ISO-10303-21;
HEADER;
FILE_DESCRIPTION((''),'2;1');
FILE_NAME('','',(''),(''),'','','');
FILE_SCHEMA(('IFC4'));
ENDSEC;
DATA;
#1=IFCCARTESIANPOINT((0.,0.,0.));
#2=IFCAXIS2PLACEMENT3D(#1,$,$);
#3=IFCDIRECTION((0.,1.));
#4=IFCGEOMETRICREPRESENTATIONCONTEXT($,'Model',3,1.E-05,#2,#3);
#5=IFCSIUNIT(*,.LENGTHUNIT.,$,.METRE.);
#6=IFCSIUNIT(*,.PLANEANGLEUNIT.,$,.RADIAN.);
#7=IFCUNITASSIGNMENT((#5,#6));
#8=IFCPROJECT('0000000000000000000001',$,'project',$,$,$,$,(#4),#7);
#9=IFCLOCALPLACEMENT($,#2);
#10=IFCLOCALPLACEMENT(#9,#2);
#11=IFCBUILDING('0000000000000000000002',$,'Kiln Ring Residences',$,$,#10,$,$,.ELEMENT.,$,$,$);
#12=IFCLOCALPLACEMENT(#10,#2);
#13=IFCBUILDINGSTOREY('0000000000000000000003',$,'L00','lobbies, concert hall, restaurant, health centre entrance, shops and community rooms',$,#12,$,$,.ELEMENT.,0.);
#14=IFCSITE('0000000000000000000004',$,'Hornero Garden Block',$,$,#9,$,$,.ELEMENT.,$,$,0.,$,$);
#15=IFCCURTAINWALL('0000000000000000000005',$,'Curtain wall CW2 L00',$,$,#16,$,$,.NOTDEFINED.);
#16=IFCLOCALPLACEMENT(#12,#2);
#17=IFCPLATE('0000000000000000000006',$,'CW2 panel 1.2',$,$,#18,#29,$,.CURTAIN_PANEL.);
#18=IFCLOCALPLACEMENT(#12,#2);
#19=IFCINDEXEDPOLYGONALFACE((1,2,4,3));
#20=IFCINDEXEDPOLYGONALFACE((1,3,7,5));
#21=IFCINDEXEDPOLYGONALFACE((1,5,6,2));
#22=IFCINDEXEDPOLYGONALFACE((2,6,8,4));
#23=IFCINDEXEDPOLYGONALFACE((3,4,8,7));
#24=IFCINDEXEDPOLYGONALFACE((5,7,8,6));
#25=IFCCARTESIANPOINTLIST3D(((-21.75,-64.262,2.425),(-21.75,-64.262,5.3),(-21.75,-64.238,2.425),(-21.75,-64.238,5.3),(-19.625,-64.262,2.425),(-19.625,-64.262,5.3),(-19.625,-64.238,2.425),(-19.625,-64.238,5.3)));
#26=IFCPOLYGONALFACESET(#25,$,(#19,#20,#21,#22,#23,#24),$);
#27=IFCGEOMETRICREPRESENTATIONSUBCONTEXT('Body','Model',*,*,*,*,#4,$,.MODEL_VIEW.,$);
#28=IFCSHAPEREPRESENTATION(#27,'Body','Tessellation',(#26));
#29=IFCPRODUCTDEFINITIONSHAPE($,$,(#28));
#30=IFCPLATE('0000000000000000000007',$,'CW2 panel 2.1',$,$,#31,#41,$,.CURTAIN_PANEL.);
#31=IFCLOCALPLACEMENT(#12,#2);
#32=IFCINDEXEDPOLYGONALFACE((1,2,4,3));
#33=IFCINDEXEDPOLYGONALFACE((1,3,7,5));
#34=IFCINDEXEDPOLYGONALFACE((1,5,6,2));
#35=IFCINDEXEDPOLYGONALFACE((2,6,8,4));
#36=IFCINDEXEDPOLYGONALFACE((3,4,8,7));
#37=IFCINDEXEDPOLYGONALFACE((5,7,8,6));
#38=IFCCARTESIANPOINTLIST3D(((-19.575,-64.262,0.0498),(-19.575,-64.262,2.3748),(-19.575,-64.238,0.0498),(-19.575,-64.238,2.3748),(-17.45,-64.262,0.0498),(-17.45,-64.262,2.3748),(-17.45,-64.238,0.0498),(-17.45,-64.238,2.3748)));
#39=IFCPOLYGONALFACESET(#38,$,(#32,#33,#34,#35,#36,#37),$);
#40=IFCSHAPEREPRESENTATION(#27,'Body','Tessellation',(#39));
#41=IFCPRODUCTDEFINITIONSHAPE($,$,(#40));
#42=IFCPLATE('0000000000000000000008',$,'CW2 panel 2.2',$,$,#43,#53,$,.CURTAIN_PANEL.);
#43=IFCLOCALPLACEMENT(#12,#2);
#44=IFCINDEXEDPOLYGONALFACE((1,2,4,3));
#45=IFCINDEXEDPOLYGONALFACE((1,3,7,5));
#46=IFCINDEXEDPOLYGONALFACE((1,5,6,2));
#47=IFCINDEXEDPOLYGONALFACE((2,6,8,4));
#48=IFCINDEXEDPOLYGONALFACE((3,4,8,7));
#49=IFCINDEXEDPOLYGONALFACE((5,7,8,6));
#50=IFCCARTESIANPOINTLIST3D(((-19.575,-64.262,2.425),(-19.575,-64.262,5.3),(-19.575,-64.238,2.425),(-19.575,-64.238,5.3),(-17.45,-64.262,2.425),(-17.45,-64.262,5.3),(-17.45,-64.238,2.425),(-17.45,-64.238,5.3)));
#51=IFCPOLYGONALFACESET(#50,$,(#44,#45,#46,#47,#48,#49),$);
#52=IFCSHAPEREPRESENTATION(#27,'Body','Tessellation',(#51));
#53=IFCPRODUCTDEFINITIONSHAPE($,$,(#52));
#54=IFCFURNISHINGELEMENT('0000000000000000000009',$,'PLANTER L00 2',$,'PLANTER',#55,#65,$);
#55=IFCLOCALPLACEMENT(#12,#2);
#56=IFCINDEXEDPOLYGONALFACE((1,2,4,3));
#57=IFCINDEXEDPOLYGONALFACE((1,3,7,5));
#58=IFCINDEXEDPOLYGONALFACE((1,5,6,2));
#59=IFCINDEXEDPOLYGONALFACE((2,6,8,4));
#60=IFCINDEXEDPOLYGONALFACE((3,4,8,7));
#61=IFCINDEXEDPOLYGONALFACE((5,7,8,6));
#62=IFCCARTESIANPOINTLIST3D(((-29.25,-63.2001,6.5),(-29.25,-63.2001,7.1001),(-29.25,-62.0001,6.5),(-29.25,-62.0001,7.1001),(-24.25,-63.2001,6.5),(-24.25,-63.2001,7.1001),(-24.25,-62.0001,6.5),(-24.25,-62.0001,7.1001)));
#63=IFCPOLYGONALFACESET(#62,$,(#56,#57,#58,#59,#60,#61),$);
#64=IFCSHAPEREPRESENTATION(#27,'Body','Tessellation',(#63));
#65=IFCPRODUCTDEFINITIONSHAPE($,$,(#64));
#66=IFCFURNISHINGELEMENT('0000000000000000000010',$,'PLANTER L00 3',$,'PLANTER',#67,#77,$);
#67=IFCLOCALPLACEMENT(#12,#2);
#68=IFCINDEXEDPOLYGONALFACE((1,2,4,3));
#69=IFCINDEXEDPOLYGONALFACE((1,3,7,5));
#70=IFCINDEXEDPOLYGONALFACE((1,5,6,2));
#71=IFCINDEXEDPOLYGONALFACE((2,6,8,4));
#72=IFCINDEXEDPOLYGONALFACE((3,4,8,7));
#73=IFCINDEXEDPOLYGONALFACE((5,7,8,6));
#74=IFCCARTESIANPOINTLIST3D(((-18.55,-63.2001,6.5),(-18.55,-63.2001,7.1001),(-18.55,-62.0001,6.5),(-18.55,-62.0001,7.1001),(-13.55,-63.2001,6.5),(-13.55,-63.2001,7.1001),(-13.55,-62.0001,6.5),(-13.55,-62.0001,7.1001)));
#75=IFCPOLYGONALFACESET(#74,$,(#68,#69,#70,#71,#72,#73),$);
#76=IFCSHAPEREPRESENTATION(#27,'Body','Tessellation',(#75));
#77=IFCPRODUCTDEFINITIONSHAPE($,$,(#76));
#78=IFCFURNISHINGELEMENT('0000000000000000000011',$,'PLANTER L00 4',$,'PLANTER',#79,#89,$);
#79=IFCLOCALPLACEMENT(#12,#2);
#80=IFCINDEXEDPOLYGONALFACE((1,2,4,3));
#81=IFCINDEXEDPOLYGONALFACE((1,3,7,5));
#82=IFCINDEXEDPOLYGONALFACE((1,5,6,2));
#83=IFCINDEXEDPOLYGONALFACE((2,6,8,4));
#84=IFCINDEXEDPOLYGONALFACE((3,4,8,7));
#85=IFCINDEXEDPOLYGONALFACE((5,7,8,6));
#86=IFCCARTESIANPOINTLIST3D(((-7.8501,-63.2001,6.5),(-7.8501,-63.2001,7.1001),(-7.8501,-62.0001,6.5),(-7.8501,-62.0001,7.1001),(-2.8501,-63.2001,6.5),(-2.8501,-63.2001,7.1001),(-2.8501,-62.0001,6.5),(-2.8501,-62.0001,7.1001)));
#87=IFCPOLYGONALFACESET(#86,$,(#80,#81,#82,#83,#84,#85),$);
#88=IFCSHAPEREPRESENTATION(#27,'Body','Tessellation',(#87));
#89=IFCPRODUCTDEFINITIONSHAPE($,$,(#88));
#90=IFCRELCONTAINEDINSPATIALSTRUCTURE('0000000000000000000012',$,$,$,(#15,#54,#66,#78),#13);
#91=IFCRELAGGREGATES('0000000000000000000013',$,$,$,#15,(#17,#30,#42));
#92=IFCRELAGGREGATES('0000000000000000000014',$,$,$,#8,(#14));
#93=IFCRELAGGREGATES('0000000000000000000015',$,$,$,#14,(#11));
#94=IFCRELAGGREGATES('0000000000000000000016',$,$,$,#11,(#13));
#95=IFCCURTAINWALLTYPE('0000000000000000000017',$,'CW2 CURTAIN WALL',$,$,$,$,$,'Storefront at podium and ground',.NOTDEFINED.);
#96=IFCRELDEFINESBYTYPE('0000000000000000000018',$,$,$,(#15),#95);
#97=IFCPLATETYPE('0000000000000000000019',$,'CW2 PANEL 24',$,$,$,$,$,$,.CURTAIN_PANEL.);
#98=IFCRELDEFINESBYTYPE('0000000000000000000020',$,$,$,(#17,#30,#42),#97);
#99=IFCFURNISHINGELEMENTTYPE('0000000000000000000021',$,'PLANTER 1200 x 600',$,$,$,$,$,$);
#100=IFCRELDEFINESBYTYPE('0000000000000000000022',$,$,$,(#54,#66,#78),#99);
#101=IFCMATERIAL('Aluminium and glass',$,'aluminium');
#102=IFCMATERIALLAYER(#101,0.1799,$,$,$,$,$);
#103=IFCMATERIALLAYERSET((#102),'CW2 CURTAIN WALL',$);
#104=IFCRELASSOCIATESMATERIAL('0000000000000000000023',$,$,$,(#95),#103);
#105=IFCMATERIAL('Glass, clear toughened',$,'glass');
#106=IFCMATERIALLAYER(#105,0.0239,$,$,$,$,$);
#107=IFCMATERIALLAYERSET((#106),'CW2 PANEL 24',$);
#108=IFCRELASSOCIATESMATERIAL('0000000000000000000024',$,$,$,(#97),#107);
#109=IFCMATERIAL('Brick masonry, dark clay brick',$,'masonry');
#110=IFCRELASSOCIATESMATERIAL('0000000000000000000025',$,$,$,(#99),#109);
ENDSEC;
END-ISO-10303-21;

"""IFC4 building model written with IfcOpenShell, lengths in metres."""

from ifc_helpers import new_model, si_unit, direction, frame, origin, origin_2d, place, context, subcontext, project, spatial, rectangle, extrude, material, layer, layer_set, type_object, element, aggregate, save


model = new_model("IFC4")

# Units and contexts
model_context = context("Model", 3, precision=1e-05, world=origin(), true_north=direction((0.0, 1.0)))
body_context = subcontext(model_context, "Body", "Model", "MODEL_VIEW")
ifc_project = project(units=[si_unit("LENGTHUNIT", "METRE"), si_unit("PLANEANGLEUNIT", "RADIAN")], contexts=[model_context])

# Site, building, storey
site_placement = place(None, origin())
site = spatial("IfcSite", under=ifc_project, at=site_placement, Name="Hornero Garden Block", CompositionType="ELEMENT", RefElevation=0.0)
building_placement = place(site_placement, origin())
building = spatial("IfcBuilding", under=site, at=building_placement, Name="Kiln Ring Residences", CompositionType="ELEMENT")
storey_placement = place(building_placement, origin())
storey = spatial("IfcBuildingStorey", under=building, at=storey_placement, Name="L00", Description="lobbies, concert hall, restaurant, health centre entrance, shops and community rooms", CompositionType="ELEMENT", Elevation=0.0)

# Curtain wall, plates
ifc_material_1 = material(Name="Aluminium and glass", Category="aluminium")
ifc_layer_1 = layer(ifc_material_1, 0.1799)
ifc_layer_set_1 = layer_set([ifc_layer_1], Name="CW2 CURTAIN WALL")
curtain_wall_type = type_object("IfcCurtainWallType", Name="CW2 CURTAIN WALL", ElementType="Storefront at podium and ground", PredefinedType="NOTDEFINED", material=ifc_layer_set_1)
curtain_wall_placement = place(storey_placement, origin())
curtain_wall = element("IfcCurtainWall", 1, at=curtain_wall_placement, inside=storey, type_object=curtain_wall_type, Name="Curtain wall CW2 L00", PredefinedType="NOTDEFINED")
ifc_material_2 = material(Name="Glass, clear toughened", Category="glass")
ifc_layer_2 = layer(ifc_material_2, 0.0239)
ifc_layer_set_2 = layer_set([ifc_layer_2], Name="CW2 PANEL 24")
plate_type = type_object("IfcPlateType", Name="CW2 PANEL 24", PredefinedType="CURTAIN_PANEL", material=ifc_layer_set_2)
plate_1_placement = place(storey_placement, frame((-20.6875, -64.25, 2.425), z_axis=(0.0, 0.0, 1.0), x_axis=(1.0, 0.0, 0.0)))
plate_1 = element("IfcPlate", 2, at=plate_1_placement, type_object=plate_type, Name="CW2 panel 1.2", PredefinedType="CURTAIN_PANEL", context=body_context, shape_type="SweptSolid", body=[
    extrude(rectangle(XDim=2.125, YDim=0.0239, at=origin_2d()), origin(), (0.0, 0.0, 1.0), 2.875),
])
plate_2_placement = place(storey_placement, frame((-18.5125, -64.25, 0.0498), z_axis=(0.0, 0.0, 1.0), x_axis=(1.0, 0.0, 0.0)))
plate_2 = element("IfcPlate", 3, at=plate_2_placement, type_object=plate_type, Name="CW2 panel 2.1", PredefinedType="CURTAIN_PANEL", context=body_context, shape_type="SweptSolid", body=[
    extrude(rectangle(XDim=2.125, YDim=0.0239, at=origin_2d()), origin(), (0.0, 0.0, 1.0), 2.325),
])
plate_3_placement = place(storey_placement, frame((-18.5125, -64.25, 2.425), z_axis=(0.0, 0.0, 1.0), x_axis=(1.0, 0.0, 0.0)))
plate_3 = element("IfcPlate", 4, at=plate_3_placement, type_object=plate_type, Name="CW2 panel 2.2", PredefinedType="CURTAIN_PANEL", context=body_context, shape_type="SweptSolid", body=[
    extrude(rectangle(XDim=2.125, YDim=0.0239, at=origin_2d()), origin(), (0.0, 0.0, 1.0), 2.875),
])
aggregate(curtain_wall, [plate_1, plate_2, plate_3])

# Furnishing elements
ifc_material_3 = material(Name="Brick masonry, dark clay brick", Category="masonry")
furnishing_element_type = type_object("IfcFurnishingElementType", Name="PLANTER 1200 x 600", material=ifc_material_3)
for number, where, z_axis, x_axis, name in (
    (5, (-26.75, -62.6001, 6.5), (0.0, 0.0, 1.0), (1.0, 0.0, 0.0), "PLANTER L00 2"),
    (6, (-16.05, -62.6001, 6.5), (0.0, 0.0, 1.0), (1.0, 0.0, 0.0), "PLANTER L00 3"),
    (7, (-5.3501, -62.6001, 6.5), (0.0, 0.0, 1.0), (1.0, 0.0, 0.0), "PLANTER L00 4"),
):
    element("IfcFurnishingElement", number, at=place(storey_placement, frame(where, z_axis=z_axis, x_axis=x_axis)), inside=storey, type_object=furnishing_element_type, Name=name, ObjectType="PLANTER", context=body_context, shape_type="SweptSolid", body=[
        extrude(rectangle(XDim=5.0, YDim=1.2, at=origin_2d()), origin(), (0.0, 0.0, 1.0), 0.6001),
    ])

save(model, "model.ifc")
